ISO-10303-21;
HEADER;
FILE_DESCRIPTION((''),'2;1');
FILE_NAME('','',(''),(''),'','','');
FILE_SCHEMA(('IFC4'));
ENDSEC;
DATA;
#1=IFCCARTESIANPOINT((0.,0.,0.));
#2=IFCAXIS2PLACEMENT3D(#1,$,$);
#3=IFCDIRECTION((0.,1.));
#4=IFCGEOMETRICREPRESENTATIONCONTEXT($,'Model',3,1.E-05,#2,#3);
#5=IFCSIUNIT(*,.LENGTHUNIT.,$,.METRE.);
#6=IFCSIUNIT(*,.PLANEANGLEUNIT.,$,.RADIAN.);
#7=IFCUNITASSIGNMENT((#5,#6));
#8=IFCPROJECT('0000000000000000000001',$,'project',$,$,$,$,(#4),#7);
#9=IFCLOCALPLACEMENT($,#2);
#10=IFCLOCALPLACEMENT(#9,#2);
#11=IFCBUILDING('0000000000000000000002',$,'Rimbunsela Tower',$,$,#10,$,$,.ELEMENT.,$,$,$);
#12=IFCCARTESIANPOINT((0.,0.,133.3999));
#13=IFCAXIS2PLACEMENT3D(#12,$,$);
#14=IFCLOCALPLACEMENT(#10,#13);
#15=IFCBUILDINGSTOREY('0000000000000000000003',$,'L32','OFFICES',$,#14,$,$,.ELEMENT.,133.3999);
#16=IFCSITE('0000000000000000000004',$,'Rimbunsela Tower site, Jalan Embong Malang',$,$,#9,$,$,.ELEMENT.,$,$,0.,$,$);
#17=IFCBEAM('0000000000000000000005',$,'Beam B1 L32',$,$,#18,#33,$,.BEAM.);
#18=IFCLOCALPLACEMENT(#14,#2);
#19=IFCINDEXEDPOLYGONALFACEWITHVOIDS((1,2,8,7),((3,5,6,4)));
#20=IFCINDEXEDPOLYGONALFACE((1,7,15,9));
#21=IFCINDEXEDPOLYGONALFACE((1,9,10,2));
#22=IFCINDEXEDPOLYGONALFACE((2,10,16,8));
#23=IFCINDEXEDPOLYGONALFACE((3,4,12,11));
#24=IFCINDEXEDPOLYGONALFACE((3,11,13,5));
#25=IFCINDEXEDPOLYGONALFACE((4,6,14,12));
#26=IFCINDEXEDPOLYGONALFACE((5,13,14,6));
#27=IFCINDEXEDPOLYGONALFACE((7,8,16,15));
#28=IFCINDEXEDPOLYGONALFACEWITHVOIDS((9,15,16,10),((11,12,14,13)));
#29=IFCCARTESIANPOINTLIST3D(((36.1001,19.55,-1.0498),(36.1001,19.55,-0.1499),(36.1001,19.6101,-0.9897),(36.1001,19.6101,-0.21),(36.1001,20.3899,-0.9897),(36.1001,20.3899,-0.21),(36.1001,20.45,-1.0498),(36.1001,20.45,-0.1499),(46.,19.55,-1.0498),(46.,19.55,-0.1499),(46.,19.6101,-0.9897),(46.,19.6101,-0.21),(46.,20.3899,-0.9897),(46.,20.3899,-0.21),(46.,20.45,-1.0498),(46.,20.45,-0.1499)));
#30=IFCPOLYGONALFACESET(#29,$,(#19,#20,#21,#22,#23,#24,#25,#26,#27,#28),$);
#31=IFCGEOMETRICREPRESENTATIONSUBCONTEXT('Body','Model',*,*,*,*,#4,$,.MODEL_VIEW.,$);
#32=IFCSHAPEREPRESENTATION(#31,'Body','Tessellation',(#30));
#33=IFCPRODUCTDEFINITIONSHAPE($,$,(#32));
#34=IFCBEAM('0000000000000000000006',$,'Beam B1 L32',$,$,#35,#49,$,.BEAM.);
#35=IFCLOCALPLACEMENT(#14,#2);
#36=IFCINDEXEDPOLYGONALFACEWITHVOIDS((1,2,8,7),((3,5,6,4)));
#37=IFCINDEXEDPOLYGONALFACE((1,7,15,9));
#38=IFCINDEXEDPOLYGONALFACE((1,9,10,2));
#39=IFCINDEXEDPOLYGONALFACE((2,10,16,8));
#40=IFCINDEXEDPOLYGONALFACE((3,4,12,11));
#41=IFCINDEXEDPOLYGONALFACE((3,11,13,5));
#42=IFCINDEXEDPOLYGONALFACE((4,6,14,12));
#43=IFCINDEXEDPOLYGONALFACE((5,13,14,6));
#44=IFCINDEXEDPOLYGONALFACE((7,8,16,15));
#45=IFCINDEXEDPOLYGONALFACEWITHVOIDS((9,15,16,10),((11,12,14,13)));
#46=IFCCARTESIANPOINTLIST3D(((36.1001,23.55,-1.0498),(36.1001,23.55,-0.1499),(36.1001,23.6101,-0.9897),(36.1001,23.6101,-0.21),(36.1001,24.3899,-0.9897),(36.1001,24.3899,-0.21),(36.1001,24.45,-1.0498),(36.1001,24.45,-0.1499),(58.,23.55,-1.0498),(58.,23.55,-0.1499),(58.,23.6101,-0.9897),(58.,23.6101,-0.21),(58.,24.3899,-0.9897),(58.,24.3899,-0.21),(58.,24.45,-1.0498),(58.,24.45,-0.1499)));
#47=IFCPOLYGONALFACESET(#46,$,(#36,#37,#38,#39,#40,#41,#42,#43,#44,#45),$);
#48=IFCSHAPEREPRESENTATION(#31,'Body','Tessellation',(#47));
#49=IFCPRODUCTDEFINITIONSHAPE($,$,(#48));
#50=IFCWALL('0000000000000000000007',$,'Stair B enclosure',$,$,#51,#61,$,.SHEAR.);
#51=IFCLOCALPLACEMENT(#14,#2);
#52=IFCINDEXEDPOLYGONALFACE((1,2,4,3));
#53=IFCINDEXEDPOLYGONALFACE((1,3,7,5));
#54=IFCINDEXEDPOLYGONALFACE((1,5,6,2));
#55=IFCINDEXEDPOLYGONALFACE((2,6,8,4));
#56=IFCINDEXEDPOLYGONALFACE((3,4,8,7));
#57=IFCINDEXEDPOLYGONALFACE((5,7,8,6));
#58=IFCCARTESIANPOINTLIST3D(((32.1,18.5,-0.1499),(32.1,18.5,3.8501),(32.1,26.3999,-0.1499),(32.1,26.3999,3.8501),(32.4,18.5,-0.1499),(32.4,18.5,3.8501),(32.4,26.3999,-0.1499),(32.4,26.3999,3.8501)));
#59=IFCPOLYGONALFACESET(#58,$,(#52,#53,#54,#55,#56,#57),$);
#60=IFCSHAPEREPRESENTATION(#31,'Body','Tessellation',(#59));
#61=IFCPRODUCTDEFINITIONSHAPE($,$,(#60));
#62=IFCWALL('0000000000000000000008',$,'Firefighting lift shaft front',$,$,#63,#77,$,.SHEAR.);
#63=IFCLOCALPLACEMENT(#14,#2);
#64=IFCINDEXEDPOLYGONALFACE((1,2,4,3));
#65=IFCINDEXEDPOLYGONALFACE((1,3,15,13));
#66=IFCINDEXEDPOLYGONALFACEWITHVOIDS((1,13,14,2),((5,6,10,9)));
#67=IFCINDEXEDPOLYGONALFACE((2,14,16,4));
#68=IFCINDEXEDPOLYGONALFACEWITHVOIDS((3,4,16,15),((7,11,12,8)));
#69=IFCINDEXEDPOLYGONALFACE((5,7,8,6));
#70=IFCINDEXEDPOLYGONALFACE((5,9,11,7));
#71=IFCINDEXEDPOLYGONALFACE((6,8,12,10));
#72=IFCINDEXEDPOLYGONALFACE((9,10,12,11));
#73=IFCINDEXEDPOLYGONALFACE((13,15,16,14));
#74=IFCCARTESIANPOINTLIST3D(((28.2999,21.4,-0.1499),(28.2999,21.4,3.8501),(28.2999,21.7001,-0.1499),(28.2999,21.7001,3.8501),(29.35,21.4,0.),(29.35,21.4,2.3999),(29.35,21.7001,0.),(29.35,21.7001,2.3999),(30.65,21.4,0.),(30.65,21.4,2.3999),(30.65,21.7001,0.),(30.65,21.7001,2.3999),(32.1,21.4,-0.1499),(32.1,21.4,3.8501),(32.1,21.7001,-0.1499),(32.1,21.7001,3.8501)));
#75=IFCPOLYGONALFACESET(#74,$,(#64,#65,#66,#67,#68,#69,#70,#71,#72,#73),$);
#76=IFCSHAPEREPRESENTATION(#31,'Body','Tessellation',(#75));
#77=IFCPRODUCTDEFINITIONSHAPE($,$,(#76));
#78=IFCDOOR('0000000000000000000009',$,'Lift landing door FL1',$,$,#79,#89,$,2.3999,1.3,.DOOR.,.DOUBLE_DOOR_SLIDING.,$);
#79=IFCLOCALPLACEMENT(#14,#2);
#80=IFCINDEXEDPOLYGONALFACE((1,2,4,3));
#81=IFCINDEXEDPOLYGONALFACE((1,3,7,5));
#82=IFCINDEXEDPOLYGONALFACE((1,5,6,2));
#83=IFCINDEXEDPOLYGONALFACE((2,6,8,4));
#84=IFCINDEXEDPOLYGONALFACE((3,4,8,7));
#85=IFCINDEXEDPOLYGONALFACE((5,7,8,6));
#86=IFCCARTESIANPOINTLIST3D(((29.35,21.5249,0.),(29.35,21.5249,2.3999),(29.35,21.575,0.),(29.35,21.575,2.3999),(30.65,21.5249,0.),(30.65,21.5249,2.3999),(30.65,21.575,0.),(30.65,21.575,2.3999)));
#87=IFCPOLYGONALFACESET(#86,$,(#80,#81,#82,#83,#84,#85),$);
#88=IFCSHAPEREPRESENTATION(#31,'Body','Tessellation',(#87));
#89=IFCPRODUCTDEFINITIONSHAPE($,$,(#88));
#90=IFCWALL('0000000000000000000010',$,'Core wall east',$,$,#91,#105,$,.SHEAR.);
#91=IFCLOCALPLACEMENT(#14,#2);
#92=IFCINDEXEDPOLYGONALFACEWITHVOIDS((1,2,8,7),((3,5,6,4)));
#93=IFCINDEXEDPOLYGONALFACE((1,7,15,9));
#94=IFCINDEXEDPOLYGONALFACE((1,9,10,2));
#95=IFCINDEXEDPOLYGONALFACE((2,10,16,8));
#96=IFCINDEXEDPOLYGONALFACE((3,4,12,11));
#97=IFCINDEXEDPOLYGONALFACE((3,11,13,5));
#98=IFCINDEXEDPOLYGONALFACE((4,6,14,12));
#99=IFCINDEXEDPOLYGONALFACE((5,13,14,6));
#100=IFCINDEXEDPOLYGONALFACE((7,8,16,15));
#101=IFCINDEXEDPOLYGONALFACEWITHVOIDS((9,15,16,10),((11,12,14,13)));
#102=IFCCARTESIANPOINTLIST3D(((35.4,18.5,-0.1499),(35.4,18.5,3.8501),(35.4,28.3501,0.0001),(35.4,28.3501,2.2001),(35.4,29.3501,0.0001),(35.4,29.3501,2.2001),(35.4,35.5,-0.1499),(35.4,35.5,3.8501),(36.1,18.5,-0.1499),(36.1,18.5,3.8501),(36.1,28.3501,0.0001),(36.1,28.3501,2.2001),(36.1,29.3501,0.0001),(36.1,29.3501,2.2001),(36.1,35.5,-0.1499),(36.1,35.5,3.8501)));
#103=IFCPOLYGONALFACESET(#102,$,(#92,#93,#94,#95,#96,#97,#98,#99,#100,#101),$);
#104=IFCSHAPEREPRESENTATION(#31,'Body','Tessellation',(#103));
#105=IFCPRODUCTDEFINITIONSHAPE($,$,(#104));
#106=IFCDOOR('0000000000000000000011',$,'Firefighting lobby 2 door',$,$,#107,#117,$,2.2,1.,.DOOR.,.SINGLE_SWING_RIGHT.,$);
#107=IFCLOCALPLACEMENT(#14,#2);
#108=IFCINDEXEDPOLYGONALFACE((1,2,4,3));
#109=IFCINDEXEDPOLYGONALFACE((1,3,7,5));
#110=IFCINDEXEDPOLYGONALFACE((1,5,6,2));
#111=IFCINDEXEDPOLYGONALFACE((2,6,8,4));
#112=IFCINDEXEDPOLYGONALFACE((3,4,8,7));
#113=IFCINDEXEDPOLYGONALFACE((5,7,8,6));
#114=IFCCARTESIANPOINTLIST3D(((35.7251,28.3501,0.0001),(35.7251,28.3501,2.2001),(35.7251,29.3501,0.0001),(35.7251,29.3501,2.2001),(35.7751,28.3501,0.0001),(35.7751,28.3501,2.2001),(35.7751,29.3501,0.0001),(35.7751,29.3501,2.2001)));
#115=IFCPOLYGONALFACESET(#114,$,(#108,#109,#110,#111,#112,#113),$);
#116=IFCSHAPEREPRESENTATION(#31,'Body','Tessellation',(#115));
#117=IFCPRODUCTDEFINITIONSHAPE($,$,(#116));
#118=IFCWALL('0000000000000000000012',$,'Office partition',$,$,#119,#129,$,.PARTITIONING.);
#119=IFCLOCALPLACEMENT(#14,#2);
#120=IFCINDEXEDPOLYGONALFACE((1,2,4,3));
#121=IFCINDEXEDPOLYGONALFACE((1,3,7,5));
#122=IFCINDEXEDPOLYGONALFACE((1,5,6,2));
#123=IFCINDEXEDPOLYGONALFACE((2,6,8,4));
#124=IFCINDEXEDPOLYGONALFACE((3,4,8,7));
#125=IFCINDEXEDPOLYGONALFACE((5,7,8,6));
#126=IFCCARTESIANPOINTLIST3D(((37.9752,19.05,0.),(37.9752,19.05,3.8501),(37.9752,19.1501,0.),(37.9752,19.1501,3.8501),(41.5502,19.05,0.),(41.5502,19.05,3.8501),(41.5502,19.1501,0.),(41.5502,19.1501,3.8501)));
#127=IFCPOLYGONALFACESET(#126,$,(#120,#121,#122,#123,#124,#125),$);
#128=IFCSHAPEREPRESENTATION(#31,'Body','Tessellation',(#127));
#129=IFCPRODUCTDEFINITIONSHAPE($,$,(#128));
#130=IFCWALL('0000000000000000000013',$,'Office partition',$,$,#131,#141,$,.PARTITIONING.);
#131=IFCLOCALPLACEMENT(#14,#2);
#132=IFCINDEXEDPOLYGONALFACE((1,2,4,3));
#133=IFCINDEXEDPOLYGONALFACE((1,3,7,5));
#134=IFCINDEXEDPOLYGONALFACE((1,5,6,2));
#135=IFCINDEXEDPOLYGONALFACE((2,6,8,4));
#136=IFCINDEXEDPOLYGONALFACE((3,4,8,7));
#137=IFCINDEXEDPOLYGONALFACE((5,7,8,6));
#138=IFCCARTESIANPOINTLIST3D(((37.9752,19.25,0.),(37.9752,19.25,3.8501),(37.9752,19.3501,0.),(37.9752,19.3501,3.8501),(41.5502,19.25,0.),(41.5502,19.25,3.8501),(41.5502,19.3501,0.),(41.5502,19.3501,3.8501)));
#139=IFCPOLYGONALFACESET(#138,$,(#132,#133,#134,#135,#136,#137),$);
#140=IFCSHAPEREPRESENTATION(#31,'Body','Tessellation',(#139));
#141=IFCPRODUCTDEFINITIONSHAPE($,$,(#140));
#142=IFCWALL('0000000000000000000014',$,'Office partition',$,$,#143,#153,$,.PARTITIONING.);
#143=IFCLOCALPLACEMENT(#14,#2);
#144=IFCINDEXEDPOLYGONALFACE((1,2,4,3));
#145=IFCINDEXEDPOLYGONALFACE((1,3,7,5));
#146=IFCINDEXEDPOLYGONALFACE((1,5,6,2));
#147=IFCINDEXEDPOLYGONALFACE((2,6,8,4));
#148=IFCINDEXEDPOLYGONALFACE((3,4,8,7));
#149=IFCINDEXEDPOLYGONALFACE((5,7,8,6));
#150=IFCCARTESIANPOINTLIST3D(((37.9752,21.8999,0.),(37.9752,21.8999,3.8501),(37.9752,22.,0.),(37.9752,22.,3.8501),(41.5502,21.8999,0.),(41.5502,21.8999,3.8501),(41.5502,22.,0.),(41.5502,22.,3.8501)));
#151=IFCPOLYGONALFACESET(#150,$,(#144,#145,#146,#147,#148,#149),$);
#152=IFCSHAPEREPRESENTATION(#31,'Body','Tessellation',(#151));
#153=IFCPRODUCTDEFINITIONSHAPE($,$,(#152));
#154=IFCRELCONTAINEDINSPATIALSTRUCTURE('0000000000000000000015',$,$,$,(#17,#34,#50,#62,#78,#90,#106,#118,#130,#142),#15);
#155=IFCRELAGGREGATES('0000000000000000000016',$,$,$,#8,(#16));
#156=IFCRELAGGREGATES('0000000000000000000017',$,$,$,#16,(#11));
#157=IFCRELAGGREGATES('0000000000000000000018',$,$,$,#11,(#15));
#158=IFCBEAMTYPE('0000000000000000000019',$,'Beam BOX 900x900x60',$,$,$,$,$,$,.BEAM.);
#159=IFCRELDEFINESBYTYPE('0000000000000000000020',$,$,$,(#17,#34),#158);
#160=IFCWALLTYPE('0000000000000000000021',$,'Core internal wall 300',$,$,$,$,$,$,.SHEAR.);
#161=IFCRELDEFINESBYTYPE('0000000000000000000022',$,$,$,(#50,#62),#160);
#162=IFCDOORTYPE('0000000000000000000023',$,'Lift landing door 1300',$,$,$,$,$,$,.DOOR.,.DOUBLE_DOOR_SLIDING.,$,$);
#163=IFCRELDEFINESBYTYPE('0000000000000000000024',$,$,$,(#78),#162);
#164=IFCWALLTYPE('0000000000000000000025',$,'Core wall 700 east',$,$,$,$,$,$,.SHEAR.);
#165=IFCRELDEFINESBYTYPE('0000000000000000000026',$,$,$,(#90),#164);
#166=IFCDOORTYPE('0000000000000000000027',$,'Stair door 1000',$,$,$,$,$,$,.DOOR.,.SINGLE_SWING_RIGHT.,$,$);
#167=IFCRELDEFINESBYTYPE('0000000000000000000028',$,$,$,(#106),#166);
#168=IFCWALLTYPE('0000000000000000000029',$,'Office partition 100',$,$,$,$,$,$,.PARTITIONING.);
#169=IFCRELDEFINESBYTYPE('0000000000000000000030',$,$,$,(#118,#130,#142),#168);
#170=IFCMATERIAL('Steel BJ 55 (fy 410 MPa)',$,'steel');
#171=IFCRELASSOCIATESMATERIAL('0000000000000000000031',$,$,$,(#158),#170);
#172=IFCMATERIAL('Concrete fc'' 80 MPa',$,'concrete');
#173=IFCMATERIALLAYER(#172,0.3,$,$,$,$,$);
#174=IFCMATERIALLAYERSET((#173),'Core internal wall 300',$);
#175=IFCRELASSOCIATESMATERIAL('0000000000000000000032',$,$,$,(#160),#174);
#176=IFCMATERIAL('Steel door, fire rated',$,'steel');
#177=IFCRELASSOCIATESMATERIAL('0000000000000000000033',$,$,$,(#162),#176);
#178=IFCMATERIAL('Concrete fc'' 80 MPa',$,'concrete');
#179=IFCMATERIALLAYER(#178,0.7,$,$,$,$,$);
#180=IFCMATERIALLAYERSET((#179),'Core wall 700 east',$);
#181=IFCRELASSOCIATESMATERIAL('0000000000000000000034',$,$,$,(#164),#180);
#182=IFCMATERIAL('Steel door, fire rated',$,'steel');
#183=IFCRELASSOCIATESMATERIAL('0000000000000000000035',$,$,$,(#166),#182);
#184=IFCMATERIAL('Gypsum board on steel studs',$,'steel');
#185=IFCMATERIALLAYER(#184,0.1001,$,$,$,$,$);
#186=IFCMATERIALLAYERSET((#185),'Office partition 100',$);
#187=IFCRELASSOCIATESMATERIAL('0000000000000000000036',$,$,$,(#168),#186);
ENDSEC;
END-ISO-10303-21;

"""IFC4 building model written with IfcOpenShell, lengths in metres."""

from ifc_helpers import new_model, si_unit, direction, frame, frame_2d, origin, origin_2d, place, context, subcontext, project, spatial, rectangle, hollow_rectangle, extrude, material, layer, layer_set, material_profile, profile_set, type_object, element, fill, save


model = new_model("IFC4")

# Units and contexts
model_context = context("Model", 3, precision=1e-05, world=origin(), true_north=direction((0.0, 1.0)))
body_context = subcontext(model_context, "Body", "Model", "MODEL_VIEW")
ifc_project = project(units=[si_unit("LENGTHUNIT", "METRE"), si_unit("PLANEANGLEUNIT", "RADIAN")], contexts=[model_context])

# Site, building, storey
site_placement = place(None, origin())
site = spatial("IfcSite", under=ifc_project, at=site_placement, Name="Rimbunsela Tower site, Jalan Embong Malang", CompositionType="ELEMENT", RefElevation=0.0)
building_placement = place(site_placement, origin())
building = spatial("IfcBuilding", under=site, at=building_placement, Name="Rimbunsela Tower", CompositionType="ELEMENT")
storey_placement = place(building_placement, frame((0.0, 0.0, 133.3999)))
storey = spatial("IfcBuildingStorey", under=building, at=storey_placement, Name="L32", Description="OFFICES", CompositionType="ELEMENT", Elevation=133.3999)

# Beams
ifc_material_1 = material(Name="Steel BJ 55 (fy 410 MPa)", Category="steel")
ifc_material_profile = material_profile(ifc_material_1, hollow_rectangle(XDim=0.8999, YDim=0.8999, WallThickness=0.0601, at=origin_2d()), Name="BOX 900x900x60")
ifc_profile_set = profile_set([ifc_material_profile], Name="Steel BJ 55 (fy 410 MPa)")
beam_type = type_object("IfcBeamType", Name="Beam BOX 900x900x60", PredefinedType="BEAM", material=ifc_profile_set)
beam_1_placement = place(storey_placement, frame((36.1001, 20.0, -0.5999), z_axis=(1.0, 0.0, 0.0), x_axis=(0.0, 1.0, 0.0)))
element("IfcBeam", 1, at=beam_1_placement, inside=storey, type_object=beam_type, Name="Beam B1 L32", PredefinedType="BEAM", context=body_context, shape_type="SweptSolid", body=[
    extrude(hollow_rectangle(XDim=0.8999, YDim=0.8999, WallThickness=0.0601, at=origin_2d()), origin(), (0.0, 0.0, 1.0), 9.8999),
])
beam_2_placement = place(storey_placement, frame((36.1001, 24.0, -0.5999), z_axis=(1.0, 0.0, 0.0), x_axis=(0.0, 1.0, 0.0)))
element("IfcBeam", 2, at=beam_2_placement, inside=storey, type_object=beam_type, Name="Beam B1 L32", PredefinedType="BEAM", context=body_context, shape_type="SweptSolid", body=[
    extrude(hollow_rectangle(XDim=0.8999, YDim=0.8999, WallThickness=0.0601, at=origin_2d()), origin(), (0.0, 0.0, 1.0), 21.8999),
])

# Wall
ifc_material_2 = material(Name="Concrete fc' 80 MPa", Category="concrete")
ifc_layer_1 = layer(ifc_material_2, 0.3)
ifc_layer_set_1 = layer_set([ifc_layer_1], Name="Core internal wall 300")
wall_type_1 = type_object("IfcWallType", Name="Core internal wall 300", PredefinedType="SHEAR", material=ifc_layer_set_1)
wall_1_placement = place(storey_placement, frame((32.25, 18.5, -0.1499), z_axis=(0.0, 0.0, 1.0), x_axis=(0.0, 1.0, 0.0)))
element("IfcWall", 3, at=wall_1_placement, inside=storey, type_object=wall_type_1, Name="Stair B enclosure", PredefinedType="SHEAR", context=body_context, shape_type="SweptSolid", body=[
    extrude(rectangle(XDim=7.8999, YDim=0.3, at=frame_2d((3.95, 0.0))), origin(), (0.0, 0.0, 1.0), 4.0),
])

# Walls, openings, doors
wall_2_placement = place(storey_placement, frame((28.3, 21.55, -0.1499), z_axis=(0.0, 0.0, 1.0), x_axis=(1.0, 0.0, 0.0)))
wall_2 = element("IfcWall", 4, at=wall_2_placement, inside=storey, type_object=wall_type_1, Name="Firefighting lift shaft front", PredefinedType="SHEAR", context=body_context, shape_type="SweptSolid", body=[
    extrude(rectangle(XDim=3.8, YDim=0.3, at=frame_2d((1.8999, 0.0))), origin(), (0.0, 0.0, 1.0), 4.0),
])
opening_1_placement = place(wall_2_placement, frame((1.05, 0.0, 0.1499)))
opening_1 = element("IfcOpeningElement", 5, at=opening_1_placement, cuts=wall_2, PredefinedType="OPENING", context=body_context, shape_type="SweptSolid", body=[
    extrude(rectangle(XDim=1.3, YDim=2.3999, at=frame_2d((0.6499, 1.2))), frame((0.0, 0.1599, 0.0), z_axis=(0.0, -1.0, 0.0), x_axis=(1.0, 0.0, 0.0)), (0.0, 0.0, 1.0), 0.3201),
])
ifc_material_3 = material(Name="Steel door, fire rated", Category="steel")
door_type_1 = type_object("IfcDoorType", Name="Lift landing door 1300", OperationType="DOUBLE_DOOR_SLIDING", PredefinedType="DOOR", material=ifc_material_3)
door_1_placement = place(opening_1_placement, origin())
door_1 = element("IfcDoor", 6, at=door_1_placement, inside=storey, type_object=door_type_1, Name="Lift landing door FL1", OperationType="DOUBLE_DOOR_SLIDING", OverallHeight=2.3999, OverallWidth=1.3, PredefinedType="DOOR", context=body_context, shape_type="SweptSolid", body=[
    extrude(rectangle(XDim=1.3, YDim=2.3999, at=frame_2d((0.6499, 1.2))), frame((0.0, 0.0249, 0.0), z_axis=(0.0, -1.0, 0.0), x_axis=(1.0, 0.0, 0.0)), (0.0, 0.0, 1.0), 0.05),
])
fill(opening_1, door_1)
ifc_material_4 = material(Name="Concrete fc' 80 MPa", Category="concrete")
ifc_layer_2 = layer(ifc_material_4, 0.7)
ifc_layer_set_2 = layer_set([ifc_layer_2], Name="Core wall 700 east")
wall_type_2 = type_object("IfcWallType", Name="Core wall 700 east", PredefinedType="SHEAR", material=ifc_layer_set_2)
wall_3_placement = place(storey_placement, frame((35.75, 18.5, -0.1499), z_axis=(0.0, 0.0, 1.0), x_axis=(0.0, 1.0, 0.0)))
wall_3 = element("IfcWall", 7, at=wall_3_placement, inside=storey, type_object=wall_type_2, Name="Core wall east", PredefinedType="SHEAR", context=body_context, shape_type="SweptSolid", body=[
    extrude(rectangle(XDim=17.0, YDim=0.7, at=frame_2d((8.5, 0.0))), origin(), (0.0, 0.0, 1.0), 4.0),
])
opening_2_placement = place(wall_3_placement, frame((9.8501, 0.0, 0.1499)))
opening_2 = element("IfcOpeningElement", 8, at=opening_2_placement, cuts=wall_3, PredefinedType="OPENING", context=body_context, shape_type="SweptSolid", body=[
    extrude(rectangle(XDim=1.0, YDim=2.2, at=frame_2d((0.5, 1.1001))), frame((0.0, 0.3599, 0.0), z_axis=(0.0, -1.0, 0.0), x_axis=(1.0, 0.0, 0.0)), (0.0, 0.0, 1.0), 0.72),
])
ifc_material_5 = material(Name="Steel door, fire rated", Category="steel")
door_type_2 = type_object("IfcDoorType", Name="Stair door 1000", OperationType="SINGLE_SWING_RIGHT", PredefinedType="DOOR", material=ifc_material_5)
door_2_placement = place(opening_2_placement, origin())
door_2 = element("IfcDoor", 9, at=door_2_placement, inside=storey, type_object=door_type_2, Name="Firefighting lobby 2 door", OperationType="SINGLE_SWING_RIGHT", OverallHeight=2.2, OverallWidth=1.0, PredefinedType="DOOR", context=body_context, shape_type="SweptSolid", body=[
    extrude(rectangle(XDim=1.0, YDim=2.2, at=frame_2d((0.5, 1.1001))), frame((0.0, 0.0249, 0.0), z_axis=(0.0, -1.0, 0.0), x_axis=(1.0, 0.0, 0.0)), (0.0, 0.0, 1.0), 0.05),
])
fill(opening_2, door_2)

# Walls
ifc_material_6 = material(Name="Gypsum board on steel studs", Category="steel")
ifc_layer_3 = layer(ifc_material_6, 0.1001)
ifc_layer_set_3 = layer_set([ifc_layer_3], Name="Office partition 100")
wall_type_3 = type_object("IfcWallType", Name="Office partition 100", PredefinedType="PARTITIONING", material=ifc_layer_set_3)
for number, where, z_axis, x_axis, name in (
    (10, (37.9751, 19.1001, 0.0), (0.0, 0.0, 1.0), (1.0, 0.0, 0.0), "Office partition"),
    (11, (37.9751, 19.3, 0.0), (0.0, 0.0, 1.0), (1.0, 0.0, 0.0), "Office partition"),
    (12, (37.9751, 21.95, 0.0), (0.0, 0.0, 1.0), (1.0, 0.0, 0.0), "Office partition"),
):
    element("IfcWall", number, at=place(storey_placement, frame(where, z_axis=z_axis, x_axis=x_axis)), inside=storey, type_object=wall_type_3, Name=name, PredefinedType="PARTITIONING", context=body_context, shape_type="SweptSolid", body=[
        extrude(rectangle(XDim=3.575, YDim=0.1001, at=frame_2d((1.7876, 0.0))), origin(), (0.0, 0.0, 1.0), 3.8501),
    ])

save(model, "model.ifc")
